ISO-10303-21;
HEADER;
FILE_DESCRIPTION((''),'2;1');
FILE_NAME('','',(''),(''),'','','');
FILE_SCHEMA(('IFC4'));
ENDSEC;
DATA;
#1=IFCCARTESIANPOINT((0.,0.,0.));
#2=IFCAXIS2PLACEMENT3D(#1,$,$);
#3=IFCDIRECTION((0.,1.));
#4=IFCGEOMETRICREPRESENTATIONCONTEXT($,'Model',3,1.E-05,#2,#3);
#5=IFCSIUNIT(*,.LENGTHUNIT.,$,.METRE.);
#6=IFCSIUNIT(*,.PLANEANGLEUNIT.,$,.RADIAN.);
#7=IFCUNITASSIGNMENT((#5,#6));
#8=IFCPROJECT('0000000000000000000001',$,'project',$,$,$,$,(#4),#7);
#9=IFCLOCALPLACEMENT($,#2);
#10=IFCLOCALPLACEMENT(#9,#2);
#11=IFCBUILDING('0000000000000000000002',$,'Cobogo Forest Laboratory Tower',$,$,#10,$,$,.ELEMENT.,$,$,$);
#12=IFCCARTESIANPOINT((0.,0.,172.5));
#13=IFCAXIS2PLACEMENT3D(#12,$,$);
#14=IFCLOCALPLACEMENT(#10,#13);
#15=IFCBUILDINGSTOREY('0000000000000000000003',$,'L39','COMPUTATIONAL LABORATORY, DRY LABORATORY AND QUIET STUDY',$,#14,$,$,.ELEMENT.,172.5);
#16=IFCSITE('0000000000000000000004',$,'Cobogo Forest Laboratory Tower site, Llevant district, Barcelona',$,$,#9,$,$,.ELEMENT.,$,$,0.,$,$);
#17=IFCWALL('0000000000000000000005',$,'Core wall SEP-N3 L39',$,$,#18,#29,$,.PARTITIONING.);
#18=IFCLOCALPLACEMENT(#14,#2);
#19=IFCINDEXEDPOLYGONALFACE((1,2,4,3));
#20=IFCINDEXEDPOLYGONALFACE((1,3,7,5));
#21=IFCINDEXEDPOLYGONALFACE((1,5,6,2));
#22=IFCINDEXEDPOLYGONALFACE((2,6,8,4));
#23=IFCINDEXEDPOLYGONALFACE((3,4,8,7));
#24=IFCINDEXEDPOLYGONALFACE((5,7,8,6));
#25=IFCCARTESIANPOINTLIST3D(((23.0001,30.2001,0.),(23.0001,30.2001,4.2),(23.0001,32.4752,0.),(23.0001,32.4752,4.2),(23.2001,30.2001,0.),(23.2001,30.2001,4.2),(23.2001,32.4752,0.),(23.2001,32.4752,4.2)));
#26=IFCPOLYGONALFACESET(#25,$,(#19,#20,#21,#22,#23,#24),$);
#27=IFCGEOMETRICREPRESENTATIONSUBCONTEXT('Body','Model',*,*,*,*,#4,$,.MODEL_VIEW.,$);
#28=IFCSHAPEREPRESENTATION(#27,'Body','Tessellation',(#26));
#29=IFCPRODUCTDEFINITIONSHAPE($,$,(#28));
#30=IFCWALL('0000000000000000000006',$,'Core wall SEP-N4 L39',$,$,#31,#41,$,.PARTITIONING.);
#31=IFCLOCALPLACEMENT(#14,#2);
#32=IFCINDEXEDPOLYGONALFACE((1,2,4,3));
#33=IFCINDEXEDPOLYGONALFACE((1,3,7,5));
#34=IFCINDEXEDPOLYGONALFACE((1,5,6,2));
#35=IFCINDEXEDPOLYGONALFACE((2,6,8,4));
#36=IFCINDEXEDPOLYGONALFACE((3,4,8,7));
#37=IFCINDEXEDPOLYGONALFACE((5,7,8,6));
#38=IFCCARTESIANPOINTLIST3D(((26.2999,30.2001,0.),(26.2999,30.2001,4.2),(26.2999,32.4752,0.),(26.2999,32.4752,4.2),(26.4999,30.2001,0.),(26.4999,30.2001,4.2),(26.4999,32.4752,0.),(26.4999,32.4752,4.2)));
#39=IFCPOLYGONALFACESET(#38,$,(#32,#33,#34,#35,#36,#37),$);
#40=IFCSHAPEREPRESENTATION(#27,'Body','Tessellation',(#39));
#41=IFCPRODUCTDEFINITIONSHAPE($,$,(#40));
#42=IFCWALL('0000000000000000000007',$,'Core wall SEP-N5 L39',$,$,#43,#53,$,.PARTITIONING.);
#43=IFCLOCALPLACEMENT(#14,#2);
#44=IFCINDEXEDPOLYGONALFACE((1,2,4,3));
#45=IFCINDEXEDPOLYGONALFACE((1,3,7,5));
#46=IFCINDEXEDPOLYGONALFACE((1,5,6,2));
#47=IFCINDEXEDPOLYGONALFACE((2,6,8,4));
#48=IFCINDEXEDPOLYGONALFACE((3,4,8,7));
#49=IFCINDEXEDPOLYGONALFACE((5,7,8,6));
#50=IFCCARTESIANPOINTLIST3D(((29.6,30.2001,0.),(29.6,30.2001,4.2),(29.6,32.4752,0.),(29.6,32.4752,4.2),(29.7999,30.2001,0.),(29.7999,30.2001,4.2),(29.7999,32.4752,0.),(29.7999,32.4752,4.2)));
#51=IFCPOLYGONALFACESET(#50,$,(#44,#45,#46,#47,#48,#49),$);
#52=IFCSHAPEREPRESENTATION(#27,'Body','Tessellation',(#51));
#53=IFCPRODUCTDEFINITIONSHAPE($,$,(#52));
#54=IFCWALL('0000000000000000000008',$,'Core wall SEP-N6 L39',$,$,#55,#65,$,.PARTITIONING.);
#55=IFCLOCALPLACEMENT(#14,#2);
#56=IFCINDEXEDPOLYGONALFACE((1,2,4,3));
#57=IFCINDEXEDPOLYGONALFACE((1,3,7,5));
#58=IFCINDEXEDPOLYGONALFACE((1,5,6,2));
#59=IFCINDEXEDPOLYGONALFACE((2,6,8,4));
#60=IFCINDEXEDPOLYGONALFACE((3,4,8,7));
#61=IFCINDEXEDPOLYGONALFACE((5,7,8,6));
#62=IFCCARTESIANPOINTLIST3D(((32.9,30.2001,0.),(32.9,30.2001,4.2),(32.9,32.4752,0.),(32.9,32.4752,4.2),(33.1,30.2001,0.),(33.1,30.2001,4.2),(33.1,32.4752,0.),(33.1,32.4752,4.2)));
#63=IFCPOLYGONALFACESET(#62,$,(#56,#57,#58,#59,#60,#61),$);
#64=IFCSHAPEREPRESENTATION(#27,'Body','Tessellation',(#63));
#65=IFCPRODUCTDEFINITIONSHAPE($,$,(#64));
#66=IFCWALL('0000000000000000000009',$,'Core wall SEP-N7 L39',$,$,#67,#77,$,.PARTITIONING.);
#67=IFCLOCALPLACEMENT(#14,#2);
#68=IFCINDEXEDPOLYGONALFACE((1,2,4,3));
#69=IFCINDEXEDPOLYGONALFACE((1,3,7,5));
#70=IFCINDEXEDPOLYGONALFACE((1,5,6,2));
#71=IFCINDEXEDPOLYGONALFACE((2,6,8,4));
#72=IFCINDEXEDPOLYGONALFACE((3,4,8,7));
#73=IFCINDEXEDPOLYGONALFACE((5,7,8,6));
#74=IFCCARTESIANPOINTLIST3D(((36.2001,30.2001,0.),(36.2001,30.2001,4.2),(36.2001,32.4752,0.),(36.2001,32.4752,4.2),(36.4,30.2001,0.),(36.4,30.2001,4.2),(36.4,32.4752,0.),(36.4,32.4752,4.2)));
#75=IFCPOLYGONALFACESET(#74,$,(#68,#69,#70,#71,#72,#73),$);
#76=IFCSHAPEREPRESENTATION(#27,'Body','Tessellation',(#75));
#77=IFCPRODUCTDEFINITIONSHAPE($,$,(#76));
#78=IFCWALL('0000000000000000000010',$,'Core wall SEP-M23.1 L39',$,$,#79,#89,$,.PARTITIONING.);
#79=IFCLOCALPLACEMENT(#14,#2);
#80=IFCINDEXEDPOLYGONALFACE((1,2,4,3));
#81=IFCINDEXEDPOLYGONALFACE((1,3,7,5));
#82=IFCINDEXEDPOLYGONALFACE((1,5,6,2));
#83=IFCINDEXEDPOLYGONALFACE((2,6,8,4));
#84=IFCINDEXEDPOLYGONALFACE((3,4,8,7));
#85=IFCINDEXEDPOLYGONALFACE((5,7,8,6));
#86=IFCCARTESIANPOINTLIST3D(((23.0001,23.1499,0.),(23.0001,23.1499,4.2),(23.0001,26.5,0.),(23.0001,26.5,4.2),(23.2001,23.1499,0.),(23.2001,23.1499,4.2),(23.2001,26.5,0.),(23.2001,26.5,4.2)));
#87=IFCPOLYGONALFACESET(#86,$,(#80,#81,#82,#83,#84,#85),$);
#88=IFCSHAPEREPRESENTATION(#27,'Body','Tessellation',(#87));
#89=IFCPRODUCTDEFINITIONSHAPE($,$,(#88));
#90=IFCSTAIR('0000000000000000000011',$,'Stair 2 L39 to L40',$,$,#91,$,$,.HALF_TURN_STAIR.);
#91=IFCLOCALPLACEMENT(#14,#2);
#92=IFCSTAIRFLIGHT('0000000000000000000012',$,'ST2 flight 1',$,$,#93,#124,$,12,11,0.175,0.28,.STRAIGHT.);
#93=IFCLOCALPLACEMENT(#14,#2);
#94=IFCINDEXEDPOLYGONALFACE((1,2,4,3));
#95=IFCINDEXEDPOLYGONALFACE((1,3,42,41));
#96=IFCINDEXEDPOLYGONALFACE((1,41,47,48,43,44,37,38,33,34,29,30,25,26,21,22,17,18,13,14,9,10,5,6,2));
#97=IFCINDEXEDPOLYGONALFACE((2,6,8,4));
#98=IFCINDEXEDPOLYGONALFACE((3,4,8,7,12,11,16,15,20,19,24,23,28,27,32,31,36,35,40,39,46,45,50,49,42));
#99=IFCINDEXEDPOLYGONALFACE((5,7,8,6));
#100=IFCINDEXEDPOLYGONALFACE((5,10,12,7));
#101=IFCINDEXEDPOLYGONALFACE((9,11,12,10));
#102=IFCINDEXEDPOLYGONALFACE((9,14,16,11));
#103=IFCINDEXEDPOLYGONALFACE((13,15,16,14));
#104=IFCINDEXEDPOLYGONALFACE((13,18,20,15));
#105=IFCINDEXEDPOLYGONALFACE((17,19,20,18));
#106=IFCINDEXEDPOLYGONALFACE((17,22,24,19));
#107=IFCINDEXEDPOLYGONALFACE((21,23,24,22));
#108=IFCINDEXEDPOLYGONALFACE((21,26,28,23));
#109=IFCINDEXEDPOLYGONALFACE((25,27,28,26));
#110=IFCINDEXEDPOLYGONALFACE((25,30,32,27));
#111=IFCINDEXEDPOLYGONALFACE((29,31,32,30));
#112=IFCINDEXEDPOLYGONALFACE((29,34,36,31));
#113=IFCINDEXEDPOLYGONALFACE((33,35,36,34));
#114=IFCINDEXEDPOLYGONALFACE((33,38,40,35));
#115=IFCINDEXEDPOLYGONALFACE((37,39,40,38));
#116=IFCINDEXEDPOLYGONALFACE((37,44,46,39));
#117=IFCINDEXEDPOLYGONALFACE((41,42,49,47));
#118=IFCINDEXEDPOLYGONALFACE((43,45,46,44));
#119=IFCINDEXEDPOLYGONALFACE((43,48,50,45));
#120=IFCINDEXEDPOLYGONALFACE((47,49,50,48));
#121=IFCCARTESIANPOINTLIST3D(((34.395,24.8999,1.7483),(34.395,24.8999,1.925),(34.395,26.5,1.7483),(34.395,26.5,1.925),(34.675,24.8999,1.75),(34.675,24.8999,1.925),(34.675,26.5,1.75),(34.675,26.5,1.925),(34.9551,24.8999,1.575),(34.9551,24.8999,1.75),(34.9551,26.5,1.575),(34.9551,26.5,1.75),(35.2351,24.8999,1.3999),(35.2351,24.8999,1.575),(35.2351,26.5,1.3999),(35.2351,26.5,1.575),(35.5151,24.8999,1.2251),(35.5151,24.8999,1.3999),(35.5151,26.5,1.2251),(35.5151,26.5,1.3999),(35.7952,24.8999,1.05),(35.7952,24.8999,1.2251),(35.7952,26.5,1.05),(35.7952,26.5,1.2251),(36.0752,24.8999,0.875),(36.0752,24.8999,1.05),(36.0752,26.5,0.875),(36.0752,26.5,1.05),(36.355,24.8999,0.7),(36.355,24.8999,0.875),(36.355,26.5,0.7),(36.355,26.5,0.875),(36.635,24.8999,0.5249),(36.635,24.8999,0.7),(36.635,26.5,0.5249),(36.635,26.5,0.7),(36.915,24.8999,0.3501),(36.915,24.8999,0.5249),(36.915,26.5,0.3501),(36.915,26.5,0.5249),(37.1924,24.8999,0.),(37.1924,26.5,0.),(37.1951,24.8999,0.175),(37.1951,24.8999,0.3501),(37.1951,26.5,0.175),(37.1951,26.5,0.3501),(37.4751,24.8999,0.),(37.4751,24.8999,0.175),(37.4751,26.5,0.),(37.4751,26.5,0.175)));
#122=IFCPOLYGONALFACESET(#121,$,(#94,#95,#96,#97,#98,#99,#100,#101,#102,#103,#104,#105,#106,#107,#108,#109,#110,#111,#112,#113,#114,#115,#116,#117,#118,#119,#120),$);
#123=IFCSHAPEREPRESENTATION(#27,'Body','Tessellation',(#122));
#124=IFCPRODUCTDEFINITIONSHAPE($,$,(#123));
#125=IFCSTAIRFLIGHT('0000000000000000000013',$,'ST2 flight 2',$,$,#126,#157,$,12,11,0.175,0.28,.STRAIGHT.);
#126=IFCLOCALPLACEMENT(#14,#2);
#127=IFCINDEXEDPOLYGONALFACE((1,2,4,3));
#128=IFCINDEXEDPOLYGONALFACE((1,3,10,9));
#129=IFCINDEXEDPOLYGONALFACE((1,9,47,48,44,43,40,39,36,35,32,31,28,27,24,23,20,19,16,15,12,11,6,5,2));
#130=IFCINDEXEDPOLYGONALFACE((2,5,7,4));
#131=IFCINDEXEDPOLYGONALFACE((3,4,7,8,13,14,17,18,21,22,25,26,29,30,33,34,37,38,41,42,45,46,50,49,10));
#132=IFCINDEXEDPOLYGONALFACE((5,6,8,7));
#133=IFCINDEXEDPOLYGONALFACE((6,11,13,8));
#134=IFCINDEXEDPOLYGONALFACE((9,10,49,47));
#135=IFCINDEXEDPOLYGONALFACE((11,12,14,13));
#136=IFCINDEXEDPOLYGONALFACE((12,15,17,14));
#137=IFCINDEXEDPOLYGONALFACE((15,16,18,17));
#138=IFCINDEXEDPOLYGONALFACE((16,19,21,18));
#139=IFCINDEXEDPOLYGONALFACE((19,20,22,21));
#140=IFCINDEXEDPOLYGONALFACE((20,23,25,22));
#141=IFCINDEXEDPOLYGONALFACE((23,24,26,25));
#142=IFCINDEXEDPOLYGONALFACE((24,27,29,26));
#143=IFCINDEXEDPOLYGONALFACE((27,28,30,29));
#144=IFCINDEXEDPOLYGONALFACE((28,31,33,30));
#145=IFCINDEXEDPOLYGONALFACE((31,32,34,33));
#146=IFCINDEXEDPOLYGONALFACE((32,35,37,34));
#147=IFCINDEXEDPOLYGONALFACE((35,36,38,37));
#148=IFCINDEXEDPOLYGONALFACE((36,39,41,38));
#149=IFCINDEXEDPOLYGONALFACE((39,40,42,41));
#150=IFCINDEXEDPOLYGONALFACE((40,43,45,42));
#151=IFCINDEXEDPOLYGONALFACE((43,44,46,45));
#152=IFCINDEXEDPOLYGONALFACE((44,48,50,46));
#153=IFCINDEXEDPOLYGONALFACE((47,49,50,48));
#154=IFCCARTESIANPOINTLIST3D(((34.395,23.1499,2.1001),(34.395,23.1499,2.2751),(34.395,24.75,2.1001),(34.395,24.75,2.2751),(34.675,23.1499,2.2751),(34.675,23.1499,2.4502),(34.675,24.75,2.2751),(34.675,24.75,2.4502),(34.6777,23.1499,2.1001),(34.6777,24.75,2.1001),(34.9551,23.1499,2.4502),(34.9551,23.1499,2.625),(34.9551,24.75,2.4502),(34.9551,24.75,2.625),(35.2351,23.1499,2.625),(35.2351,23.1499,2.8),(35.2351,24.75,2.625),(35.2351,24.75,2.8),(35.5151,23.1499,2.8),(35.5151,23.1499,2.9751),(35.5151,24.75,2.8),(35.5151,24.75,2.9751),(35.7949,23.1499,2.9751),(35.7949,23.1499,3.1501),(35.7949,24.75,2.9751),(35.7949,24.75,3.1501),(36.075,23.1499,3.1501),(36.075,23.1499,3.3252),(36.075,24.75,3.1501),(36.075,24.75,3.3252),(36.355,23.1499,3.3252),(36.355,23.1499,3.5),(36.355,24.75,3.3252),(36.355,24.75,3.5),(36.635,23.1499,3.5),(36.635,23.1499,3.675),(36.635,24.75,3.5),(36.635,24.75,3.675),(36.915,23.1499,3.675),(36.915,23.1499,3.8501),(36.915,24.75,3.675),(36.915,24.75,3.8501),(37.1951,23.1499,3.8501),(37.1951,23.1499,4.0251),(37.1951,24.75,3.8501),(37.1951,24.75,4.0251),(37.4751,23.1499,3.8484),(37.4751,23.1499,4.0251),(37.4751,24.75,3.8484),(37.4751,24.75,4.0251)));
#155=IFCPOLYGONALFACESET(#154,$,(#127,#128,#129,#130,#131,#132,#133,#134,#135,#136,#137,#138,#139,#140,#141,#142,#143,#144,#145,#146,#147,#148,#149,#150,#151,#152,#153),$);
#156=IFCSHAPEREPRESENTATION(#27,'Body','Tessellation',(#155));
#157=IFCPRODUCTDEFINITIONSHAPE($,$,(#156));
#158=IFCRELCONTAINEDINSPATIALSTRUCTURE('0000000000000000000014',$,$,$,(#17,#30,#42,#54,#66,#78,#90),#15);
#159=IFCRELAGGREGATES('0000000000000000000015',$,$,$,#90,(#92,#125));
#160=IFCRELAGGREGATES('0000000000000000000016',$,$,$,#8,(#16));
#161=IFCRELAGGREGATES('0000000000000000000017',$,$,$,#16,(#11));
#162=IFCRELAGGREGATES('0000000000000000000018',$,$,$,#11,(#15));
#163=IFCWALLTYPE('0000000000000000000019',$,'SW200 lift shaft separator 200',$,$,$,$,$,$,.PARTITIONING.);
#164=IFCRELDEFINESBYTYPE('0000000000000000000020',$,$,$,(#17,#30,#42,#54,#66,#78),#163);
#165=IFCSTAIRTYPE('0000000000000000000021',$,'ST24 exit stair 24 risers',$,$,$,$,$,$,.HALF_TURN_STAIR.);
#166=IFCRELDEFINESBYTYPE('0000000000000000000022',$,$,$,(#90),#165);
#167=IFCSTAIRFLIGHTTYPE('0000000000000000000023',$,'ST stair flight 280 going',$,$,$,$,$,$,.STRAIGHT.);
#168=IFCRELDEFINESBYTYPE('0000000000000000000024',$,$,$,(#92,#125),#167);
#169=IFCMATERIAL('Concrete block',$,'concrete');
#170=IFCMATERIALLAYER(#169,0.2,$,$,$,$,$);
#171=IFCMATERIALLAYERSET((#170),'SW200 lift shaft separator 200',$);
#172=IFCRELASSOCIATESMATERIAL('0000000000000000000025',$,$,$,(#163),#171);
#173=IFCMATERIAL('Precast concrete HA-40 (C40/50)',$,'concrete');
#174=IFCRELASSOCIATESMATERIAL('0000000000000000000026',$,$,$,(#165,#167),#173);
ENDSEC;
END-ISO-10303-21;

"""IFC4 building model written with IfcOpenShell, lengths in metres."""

from ifc_helpers import new_model, si_unit, direction, frame, frame_2d, origin, place, context, subcontext, project, spatial, polyline, rectangle, outline, extrude, material, layer, layer_set, type_object, element, aggregate, save


model = new_model("IFC4")

# Units and contexts
model_context = context("Model", 3, precision=1e-05, world=origin(), true_north=direction((0.0, 1.0)))
body_context = subcontext(model_context, "Body", "Model", "MODEL_VIEW")
ifc_project = project(units=[si_unit("LENGTHUNIT", "METRE"), si_unit("PLANEANGLEUNIT", "RADIAN")], contexts=[model_context])

# Site, building, storey
site_placement = place(None, origin())
site = spatial("IfcSite", under=ifc_project, at=site_placement, Name="Cobogo Forest Laboratory Tower site, Llevant district, Barcelona", CompositionType="ELEMENT", RefElevation=0.0)
building_placement = place(site_placement, origin())
building = spatial("IfcBuilding", under=site, at=building_placement, Name="Cobogo Forest Laboratory Tower", CompositionType="ELEMENT")
storey_placement = place(building_placement, frame((0.0, 0.0, 172.5)))
storey = spatial("IfcBuildingStorey", under=building, at=storey_placement, Name="L39", Description="COMPUTATIONAL LABORATORY, DRY LABORATORY AND QUIET STUDY", CompositionType="ELEMENT", Elevation=172.5)

# Walls
ifc_material_1 = material(Name="Concrete block", Category="concrete")
ifc_layer_1 = layer(ifc_material_1, 0.2)
ifc_layer_set_1 = layer_set([ifc_layer_1], Name="SW200 lift shaft separator 200")
wall_type_1 = type_object("IfcWallType", Name="SW200 lift shaft separator 200", PredefinedType="PARTITIONING", material=ifc_layer_set_1)
for number, where, z_axis, x_axis, name in (
    (1, (23.1001, 30.2, 0.0), (0.0, 0.0, 1.0), (0.0, 1.0, 0.0), "Core wall SEP-N3 L39"),
    (2, (26.3999, 30.2, 0.0), (0.0, 0.0, 1.0), (0.0, 1.0, 0.0), "Core wall SEP-N4 L39"),
    (3, (29.7, 30.2, 0.0), (0.0, 0.0, 1.0), (0.0, 1.0, 0.0), "Core wall SEP-N5 L39"),
    (4, (33.0, 30.2, 0.0), (0.0, 0.0, 1.0), (0.0, 1.0, 0.0), "Core wall SEP-N6 L39"),
    (5, (36.3, 30.2, 0.0), (0.0, 0.0, 1.0), (0.0, 1.0, 0.0), "Core wall SEP-N7 L39"),
):
    element("IfcWall", number, at=place(storey_placement, frame(where, z_axis=z_axis, x_axis=x_axis)), inside=storey, type_object=wall_type_1, Name=name, PredefinedType="PARTITIONING", context=body_context, shape_type="SweptSolid", body=[
        extrude(rectangle(XDim=2.2751, YDim=0.2, at=frame_2d((1.1377, 0.0))), origin(), (0.0, 0.0, 1.0), 4.2),
    ])
wall_1_placement = place(storey_placement, frame((23.1001, 23.1499, 0.0), z_axis=(0.0, 0.0, 1.0), x_axis=(0.0, 1.0, 0.0)))
element("IfcWall", 6, at=wall_1_placement, inside=storey, type_object=wall_type_1, Name="Core wall SEP-M23.1 L39", PredefinedType="PARTITIONING", context=body_context, shape_type="SweptSolid", body=[
    extrude(rectangle(XDim=3.3501, YDim=0.2, at=frame_2d((1.675, 0.0))), origin(), (0.0, 0.0, 1.0), 4.2),
])

# Stair, stair flights
ifc_material_2 = material(Name="Precast concrete HA-40 (C40/50)", Category="concrete")
stair_type = type_object("IfcStairType", Name="ST24 exit stair 24 risers", PredefinedType="HALF_TURN_STAIR", material=ifc_material_2)
stair_placement = place(storey_placement, origin())
stair = element("IfcStair", 7, at=stair_placement, inside=storey, type_object=stair_type, Name="Stair 2 L39 to L40", PredefinedType="HALF_TURN_STAIR")
stair_flight_type = type_object("IfcStairFlightType", Name="ST stair flight 280 going", PredefinedType="STRAIGHT", material=ifc_material_2)
stair_flight_1_placement = place(storey_placement, frame((37.4751, 25.7, 0.0), z_axis=(0.0, 0.0, 1.0), x_axis=(-1.0, 0.0, 0.0)))
stair_flight_1 = element("IfcStairFlight", 8, at=stair_flight_1_placement, type_object=stair_flight_type, Name="ST2 flight 1", NumberOfRisers=12, NumberOfTreads=11, PredefinedType="STRAIGHT", RiserHeight=0.175, TreadLength=0.28, context=body_context, shape_type="SweptSolid", body=[
    extrude(outline(polyline([(0.0, 0.0), (0.0, 0.175), (0.28, 0.175), (0.28, 0.3501), (0.5601, 0.3501), (0.5601, 0.5249), (0.8401, 0.5249), (0.8401, 0.7), (1.1201, 0.7), (1.1201, 0.875), (1.3999, 0.875), (1.3999, 1.05), (1.6799, 1.05), (1.6799, 1.2251), (1.96, 1.2251), (1.96, 1.3999), (2.24, 1.3999), (2.24, 1.575), (2.52, 1.575), (2.52, 1.75), (2.8, 1.75), (2.8, 1.925), (3.0801, 1.925), (3.0801, 2.1001), (3.0801, 1.7483), (0.2827, 0.0), (0.0, 0.0)])), frame((0.0, 0.8, 0.0), z_axis=(0.0, -1.0, 0.0), x_axis=(1.0, 0.0, 0.0)), (0.0, 0.0, 1.0), 1.6001),
])
stair_flight_2_placement = place(storey_placement, frame((34.395, 23.95, 2.1001), z_axis=(0.0, 0.0, 1.0), x_axis=(1.0, 0.0, 0.0)))
stair_flight_2 = element("IfcStairFlight", 9, at=stair_flight_2_placement, type_object=stair_flight_type, Name="ST2 flight 2", NumberOfRisers=12, NumberOfTreads=11, PredefinedType="STRAIGHT", RiserHeight=0.175, TreadLength=0.28, context=body_context, shape_type="SweptSolid", body=[
    extrude(outline(polyline([(0.0, 0.0), (0.0, 0.175), (0.28, 0.175), (0.28, 0.3501), (0.5601, 0.3501), (0.5601, 0.5249), (0.8401, 0.5249), (0.8401, 0.7), (1.1201, 0.7), (1.1201, 0.875), (1.3999, 0.875), (1.3999, 1.05), (1.6799, 1.05), (1.6799, 1.2251), (1.96, 1.2251), (1.96, 1.3999), (2.24, 1.3999), (2.24, 1.575), (2.52, 1.575), (2.52, 1.75), (2.8, 1.75), (2.8, 1.925), (3.0801, 1.925), (3.0801, 2.1001), (3.0801, 1.7483), (0.2827, 0.0), (0.0, 0.0)])), frame((0.0, 0.8, 0.0), z_axis=(0.0, -1.0, 0.0), x_axis=(1.0, 0.0, 0.0)), (0.0, 0.0, 1.0), 1.6001),
])
aggregate(stair, [stair_flight_1, stair_flight_2])

save(model, "model.ifc")
